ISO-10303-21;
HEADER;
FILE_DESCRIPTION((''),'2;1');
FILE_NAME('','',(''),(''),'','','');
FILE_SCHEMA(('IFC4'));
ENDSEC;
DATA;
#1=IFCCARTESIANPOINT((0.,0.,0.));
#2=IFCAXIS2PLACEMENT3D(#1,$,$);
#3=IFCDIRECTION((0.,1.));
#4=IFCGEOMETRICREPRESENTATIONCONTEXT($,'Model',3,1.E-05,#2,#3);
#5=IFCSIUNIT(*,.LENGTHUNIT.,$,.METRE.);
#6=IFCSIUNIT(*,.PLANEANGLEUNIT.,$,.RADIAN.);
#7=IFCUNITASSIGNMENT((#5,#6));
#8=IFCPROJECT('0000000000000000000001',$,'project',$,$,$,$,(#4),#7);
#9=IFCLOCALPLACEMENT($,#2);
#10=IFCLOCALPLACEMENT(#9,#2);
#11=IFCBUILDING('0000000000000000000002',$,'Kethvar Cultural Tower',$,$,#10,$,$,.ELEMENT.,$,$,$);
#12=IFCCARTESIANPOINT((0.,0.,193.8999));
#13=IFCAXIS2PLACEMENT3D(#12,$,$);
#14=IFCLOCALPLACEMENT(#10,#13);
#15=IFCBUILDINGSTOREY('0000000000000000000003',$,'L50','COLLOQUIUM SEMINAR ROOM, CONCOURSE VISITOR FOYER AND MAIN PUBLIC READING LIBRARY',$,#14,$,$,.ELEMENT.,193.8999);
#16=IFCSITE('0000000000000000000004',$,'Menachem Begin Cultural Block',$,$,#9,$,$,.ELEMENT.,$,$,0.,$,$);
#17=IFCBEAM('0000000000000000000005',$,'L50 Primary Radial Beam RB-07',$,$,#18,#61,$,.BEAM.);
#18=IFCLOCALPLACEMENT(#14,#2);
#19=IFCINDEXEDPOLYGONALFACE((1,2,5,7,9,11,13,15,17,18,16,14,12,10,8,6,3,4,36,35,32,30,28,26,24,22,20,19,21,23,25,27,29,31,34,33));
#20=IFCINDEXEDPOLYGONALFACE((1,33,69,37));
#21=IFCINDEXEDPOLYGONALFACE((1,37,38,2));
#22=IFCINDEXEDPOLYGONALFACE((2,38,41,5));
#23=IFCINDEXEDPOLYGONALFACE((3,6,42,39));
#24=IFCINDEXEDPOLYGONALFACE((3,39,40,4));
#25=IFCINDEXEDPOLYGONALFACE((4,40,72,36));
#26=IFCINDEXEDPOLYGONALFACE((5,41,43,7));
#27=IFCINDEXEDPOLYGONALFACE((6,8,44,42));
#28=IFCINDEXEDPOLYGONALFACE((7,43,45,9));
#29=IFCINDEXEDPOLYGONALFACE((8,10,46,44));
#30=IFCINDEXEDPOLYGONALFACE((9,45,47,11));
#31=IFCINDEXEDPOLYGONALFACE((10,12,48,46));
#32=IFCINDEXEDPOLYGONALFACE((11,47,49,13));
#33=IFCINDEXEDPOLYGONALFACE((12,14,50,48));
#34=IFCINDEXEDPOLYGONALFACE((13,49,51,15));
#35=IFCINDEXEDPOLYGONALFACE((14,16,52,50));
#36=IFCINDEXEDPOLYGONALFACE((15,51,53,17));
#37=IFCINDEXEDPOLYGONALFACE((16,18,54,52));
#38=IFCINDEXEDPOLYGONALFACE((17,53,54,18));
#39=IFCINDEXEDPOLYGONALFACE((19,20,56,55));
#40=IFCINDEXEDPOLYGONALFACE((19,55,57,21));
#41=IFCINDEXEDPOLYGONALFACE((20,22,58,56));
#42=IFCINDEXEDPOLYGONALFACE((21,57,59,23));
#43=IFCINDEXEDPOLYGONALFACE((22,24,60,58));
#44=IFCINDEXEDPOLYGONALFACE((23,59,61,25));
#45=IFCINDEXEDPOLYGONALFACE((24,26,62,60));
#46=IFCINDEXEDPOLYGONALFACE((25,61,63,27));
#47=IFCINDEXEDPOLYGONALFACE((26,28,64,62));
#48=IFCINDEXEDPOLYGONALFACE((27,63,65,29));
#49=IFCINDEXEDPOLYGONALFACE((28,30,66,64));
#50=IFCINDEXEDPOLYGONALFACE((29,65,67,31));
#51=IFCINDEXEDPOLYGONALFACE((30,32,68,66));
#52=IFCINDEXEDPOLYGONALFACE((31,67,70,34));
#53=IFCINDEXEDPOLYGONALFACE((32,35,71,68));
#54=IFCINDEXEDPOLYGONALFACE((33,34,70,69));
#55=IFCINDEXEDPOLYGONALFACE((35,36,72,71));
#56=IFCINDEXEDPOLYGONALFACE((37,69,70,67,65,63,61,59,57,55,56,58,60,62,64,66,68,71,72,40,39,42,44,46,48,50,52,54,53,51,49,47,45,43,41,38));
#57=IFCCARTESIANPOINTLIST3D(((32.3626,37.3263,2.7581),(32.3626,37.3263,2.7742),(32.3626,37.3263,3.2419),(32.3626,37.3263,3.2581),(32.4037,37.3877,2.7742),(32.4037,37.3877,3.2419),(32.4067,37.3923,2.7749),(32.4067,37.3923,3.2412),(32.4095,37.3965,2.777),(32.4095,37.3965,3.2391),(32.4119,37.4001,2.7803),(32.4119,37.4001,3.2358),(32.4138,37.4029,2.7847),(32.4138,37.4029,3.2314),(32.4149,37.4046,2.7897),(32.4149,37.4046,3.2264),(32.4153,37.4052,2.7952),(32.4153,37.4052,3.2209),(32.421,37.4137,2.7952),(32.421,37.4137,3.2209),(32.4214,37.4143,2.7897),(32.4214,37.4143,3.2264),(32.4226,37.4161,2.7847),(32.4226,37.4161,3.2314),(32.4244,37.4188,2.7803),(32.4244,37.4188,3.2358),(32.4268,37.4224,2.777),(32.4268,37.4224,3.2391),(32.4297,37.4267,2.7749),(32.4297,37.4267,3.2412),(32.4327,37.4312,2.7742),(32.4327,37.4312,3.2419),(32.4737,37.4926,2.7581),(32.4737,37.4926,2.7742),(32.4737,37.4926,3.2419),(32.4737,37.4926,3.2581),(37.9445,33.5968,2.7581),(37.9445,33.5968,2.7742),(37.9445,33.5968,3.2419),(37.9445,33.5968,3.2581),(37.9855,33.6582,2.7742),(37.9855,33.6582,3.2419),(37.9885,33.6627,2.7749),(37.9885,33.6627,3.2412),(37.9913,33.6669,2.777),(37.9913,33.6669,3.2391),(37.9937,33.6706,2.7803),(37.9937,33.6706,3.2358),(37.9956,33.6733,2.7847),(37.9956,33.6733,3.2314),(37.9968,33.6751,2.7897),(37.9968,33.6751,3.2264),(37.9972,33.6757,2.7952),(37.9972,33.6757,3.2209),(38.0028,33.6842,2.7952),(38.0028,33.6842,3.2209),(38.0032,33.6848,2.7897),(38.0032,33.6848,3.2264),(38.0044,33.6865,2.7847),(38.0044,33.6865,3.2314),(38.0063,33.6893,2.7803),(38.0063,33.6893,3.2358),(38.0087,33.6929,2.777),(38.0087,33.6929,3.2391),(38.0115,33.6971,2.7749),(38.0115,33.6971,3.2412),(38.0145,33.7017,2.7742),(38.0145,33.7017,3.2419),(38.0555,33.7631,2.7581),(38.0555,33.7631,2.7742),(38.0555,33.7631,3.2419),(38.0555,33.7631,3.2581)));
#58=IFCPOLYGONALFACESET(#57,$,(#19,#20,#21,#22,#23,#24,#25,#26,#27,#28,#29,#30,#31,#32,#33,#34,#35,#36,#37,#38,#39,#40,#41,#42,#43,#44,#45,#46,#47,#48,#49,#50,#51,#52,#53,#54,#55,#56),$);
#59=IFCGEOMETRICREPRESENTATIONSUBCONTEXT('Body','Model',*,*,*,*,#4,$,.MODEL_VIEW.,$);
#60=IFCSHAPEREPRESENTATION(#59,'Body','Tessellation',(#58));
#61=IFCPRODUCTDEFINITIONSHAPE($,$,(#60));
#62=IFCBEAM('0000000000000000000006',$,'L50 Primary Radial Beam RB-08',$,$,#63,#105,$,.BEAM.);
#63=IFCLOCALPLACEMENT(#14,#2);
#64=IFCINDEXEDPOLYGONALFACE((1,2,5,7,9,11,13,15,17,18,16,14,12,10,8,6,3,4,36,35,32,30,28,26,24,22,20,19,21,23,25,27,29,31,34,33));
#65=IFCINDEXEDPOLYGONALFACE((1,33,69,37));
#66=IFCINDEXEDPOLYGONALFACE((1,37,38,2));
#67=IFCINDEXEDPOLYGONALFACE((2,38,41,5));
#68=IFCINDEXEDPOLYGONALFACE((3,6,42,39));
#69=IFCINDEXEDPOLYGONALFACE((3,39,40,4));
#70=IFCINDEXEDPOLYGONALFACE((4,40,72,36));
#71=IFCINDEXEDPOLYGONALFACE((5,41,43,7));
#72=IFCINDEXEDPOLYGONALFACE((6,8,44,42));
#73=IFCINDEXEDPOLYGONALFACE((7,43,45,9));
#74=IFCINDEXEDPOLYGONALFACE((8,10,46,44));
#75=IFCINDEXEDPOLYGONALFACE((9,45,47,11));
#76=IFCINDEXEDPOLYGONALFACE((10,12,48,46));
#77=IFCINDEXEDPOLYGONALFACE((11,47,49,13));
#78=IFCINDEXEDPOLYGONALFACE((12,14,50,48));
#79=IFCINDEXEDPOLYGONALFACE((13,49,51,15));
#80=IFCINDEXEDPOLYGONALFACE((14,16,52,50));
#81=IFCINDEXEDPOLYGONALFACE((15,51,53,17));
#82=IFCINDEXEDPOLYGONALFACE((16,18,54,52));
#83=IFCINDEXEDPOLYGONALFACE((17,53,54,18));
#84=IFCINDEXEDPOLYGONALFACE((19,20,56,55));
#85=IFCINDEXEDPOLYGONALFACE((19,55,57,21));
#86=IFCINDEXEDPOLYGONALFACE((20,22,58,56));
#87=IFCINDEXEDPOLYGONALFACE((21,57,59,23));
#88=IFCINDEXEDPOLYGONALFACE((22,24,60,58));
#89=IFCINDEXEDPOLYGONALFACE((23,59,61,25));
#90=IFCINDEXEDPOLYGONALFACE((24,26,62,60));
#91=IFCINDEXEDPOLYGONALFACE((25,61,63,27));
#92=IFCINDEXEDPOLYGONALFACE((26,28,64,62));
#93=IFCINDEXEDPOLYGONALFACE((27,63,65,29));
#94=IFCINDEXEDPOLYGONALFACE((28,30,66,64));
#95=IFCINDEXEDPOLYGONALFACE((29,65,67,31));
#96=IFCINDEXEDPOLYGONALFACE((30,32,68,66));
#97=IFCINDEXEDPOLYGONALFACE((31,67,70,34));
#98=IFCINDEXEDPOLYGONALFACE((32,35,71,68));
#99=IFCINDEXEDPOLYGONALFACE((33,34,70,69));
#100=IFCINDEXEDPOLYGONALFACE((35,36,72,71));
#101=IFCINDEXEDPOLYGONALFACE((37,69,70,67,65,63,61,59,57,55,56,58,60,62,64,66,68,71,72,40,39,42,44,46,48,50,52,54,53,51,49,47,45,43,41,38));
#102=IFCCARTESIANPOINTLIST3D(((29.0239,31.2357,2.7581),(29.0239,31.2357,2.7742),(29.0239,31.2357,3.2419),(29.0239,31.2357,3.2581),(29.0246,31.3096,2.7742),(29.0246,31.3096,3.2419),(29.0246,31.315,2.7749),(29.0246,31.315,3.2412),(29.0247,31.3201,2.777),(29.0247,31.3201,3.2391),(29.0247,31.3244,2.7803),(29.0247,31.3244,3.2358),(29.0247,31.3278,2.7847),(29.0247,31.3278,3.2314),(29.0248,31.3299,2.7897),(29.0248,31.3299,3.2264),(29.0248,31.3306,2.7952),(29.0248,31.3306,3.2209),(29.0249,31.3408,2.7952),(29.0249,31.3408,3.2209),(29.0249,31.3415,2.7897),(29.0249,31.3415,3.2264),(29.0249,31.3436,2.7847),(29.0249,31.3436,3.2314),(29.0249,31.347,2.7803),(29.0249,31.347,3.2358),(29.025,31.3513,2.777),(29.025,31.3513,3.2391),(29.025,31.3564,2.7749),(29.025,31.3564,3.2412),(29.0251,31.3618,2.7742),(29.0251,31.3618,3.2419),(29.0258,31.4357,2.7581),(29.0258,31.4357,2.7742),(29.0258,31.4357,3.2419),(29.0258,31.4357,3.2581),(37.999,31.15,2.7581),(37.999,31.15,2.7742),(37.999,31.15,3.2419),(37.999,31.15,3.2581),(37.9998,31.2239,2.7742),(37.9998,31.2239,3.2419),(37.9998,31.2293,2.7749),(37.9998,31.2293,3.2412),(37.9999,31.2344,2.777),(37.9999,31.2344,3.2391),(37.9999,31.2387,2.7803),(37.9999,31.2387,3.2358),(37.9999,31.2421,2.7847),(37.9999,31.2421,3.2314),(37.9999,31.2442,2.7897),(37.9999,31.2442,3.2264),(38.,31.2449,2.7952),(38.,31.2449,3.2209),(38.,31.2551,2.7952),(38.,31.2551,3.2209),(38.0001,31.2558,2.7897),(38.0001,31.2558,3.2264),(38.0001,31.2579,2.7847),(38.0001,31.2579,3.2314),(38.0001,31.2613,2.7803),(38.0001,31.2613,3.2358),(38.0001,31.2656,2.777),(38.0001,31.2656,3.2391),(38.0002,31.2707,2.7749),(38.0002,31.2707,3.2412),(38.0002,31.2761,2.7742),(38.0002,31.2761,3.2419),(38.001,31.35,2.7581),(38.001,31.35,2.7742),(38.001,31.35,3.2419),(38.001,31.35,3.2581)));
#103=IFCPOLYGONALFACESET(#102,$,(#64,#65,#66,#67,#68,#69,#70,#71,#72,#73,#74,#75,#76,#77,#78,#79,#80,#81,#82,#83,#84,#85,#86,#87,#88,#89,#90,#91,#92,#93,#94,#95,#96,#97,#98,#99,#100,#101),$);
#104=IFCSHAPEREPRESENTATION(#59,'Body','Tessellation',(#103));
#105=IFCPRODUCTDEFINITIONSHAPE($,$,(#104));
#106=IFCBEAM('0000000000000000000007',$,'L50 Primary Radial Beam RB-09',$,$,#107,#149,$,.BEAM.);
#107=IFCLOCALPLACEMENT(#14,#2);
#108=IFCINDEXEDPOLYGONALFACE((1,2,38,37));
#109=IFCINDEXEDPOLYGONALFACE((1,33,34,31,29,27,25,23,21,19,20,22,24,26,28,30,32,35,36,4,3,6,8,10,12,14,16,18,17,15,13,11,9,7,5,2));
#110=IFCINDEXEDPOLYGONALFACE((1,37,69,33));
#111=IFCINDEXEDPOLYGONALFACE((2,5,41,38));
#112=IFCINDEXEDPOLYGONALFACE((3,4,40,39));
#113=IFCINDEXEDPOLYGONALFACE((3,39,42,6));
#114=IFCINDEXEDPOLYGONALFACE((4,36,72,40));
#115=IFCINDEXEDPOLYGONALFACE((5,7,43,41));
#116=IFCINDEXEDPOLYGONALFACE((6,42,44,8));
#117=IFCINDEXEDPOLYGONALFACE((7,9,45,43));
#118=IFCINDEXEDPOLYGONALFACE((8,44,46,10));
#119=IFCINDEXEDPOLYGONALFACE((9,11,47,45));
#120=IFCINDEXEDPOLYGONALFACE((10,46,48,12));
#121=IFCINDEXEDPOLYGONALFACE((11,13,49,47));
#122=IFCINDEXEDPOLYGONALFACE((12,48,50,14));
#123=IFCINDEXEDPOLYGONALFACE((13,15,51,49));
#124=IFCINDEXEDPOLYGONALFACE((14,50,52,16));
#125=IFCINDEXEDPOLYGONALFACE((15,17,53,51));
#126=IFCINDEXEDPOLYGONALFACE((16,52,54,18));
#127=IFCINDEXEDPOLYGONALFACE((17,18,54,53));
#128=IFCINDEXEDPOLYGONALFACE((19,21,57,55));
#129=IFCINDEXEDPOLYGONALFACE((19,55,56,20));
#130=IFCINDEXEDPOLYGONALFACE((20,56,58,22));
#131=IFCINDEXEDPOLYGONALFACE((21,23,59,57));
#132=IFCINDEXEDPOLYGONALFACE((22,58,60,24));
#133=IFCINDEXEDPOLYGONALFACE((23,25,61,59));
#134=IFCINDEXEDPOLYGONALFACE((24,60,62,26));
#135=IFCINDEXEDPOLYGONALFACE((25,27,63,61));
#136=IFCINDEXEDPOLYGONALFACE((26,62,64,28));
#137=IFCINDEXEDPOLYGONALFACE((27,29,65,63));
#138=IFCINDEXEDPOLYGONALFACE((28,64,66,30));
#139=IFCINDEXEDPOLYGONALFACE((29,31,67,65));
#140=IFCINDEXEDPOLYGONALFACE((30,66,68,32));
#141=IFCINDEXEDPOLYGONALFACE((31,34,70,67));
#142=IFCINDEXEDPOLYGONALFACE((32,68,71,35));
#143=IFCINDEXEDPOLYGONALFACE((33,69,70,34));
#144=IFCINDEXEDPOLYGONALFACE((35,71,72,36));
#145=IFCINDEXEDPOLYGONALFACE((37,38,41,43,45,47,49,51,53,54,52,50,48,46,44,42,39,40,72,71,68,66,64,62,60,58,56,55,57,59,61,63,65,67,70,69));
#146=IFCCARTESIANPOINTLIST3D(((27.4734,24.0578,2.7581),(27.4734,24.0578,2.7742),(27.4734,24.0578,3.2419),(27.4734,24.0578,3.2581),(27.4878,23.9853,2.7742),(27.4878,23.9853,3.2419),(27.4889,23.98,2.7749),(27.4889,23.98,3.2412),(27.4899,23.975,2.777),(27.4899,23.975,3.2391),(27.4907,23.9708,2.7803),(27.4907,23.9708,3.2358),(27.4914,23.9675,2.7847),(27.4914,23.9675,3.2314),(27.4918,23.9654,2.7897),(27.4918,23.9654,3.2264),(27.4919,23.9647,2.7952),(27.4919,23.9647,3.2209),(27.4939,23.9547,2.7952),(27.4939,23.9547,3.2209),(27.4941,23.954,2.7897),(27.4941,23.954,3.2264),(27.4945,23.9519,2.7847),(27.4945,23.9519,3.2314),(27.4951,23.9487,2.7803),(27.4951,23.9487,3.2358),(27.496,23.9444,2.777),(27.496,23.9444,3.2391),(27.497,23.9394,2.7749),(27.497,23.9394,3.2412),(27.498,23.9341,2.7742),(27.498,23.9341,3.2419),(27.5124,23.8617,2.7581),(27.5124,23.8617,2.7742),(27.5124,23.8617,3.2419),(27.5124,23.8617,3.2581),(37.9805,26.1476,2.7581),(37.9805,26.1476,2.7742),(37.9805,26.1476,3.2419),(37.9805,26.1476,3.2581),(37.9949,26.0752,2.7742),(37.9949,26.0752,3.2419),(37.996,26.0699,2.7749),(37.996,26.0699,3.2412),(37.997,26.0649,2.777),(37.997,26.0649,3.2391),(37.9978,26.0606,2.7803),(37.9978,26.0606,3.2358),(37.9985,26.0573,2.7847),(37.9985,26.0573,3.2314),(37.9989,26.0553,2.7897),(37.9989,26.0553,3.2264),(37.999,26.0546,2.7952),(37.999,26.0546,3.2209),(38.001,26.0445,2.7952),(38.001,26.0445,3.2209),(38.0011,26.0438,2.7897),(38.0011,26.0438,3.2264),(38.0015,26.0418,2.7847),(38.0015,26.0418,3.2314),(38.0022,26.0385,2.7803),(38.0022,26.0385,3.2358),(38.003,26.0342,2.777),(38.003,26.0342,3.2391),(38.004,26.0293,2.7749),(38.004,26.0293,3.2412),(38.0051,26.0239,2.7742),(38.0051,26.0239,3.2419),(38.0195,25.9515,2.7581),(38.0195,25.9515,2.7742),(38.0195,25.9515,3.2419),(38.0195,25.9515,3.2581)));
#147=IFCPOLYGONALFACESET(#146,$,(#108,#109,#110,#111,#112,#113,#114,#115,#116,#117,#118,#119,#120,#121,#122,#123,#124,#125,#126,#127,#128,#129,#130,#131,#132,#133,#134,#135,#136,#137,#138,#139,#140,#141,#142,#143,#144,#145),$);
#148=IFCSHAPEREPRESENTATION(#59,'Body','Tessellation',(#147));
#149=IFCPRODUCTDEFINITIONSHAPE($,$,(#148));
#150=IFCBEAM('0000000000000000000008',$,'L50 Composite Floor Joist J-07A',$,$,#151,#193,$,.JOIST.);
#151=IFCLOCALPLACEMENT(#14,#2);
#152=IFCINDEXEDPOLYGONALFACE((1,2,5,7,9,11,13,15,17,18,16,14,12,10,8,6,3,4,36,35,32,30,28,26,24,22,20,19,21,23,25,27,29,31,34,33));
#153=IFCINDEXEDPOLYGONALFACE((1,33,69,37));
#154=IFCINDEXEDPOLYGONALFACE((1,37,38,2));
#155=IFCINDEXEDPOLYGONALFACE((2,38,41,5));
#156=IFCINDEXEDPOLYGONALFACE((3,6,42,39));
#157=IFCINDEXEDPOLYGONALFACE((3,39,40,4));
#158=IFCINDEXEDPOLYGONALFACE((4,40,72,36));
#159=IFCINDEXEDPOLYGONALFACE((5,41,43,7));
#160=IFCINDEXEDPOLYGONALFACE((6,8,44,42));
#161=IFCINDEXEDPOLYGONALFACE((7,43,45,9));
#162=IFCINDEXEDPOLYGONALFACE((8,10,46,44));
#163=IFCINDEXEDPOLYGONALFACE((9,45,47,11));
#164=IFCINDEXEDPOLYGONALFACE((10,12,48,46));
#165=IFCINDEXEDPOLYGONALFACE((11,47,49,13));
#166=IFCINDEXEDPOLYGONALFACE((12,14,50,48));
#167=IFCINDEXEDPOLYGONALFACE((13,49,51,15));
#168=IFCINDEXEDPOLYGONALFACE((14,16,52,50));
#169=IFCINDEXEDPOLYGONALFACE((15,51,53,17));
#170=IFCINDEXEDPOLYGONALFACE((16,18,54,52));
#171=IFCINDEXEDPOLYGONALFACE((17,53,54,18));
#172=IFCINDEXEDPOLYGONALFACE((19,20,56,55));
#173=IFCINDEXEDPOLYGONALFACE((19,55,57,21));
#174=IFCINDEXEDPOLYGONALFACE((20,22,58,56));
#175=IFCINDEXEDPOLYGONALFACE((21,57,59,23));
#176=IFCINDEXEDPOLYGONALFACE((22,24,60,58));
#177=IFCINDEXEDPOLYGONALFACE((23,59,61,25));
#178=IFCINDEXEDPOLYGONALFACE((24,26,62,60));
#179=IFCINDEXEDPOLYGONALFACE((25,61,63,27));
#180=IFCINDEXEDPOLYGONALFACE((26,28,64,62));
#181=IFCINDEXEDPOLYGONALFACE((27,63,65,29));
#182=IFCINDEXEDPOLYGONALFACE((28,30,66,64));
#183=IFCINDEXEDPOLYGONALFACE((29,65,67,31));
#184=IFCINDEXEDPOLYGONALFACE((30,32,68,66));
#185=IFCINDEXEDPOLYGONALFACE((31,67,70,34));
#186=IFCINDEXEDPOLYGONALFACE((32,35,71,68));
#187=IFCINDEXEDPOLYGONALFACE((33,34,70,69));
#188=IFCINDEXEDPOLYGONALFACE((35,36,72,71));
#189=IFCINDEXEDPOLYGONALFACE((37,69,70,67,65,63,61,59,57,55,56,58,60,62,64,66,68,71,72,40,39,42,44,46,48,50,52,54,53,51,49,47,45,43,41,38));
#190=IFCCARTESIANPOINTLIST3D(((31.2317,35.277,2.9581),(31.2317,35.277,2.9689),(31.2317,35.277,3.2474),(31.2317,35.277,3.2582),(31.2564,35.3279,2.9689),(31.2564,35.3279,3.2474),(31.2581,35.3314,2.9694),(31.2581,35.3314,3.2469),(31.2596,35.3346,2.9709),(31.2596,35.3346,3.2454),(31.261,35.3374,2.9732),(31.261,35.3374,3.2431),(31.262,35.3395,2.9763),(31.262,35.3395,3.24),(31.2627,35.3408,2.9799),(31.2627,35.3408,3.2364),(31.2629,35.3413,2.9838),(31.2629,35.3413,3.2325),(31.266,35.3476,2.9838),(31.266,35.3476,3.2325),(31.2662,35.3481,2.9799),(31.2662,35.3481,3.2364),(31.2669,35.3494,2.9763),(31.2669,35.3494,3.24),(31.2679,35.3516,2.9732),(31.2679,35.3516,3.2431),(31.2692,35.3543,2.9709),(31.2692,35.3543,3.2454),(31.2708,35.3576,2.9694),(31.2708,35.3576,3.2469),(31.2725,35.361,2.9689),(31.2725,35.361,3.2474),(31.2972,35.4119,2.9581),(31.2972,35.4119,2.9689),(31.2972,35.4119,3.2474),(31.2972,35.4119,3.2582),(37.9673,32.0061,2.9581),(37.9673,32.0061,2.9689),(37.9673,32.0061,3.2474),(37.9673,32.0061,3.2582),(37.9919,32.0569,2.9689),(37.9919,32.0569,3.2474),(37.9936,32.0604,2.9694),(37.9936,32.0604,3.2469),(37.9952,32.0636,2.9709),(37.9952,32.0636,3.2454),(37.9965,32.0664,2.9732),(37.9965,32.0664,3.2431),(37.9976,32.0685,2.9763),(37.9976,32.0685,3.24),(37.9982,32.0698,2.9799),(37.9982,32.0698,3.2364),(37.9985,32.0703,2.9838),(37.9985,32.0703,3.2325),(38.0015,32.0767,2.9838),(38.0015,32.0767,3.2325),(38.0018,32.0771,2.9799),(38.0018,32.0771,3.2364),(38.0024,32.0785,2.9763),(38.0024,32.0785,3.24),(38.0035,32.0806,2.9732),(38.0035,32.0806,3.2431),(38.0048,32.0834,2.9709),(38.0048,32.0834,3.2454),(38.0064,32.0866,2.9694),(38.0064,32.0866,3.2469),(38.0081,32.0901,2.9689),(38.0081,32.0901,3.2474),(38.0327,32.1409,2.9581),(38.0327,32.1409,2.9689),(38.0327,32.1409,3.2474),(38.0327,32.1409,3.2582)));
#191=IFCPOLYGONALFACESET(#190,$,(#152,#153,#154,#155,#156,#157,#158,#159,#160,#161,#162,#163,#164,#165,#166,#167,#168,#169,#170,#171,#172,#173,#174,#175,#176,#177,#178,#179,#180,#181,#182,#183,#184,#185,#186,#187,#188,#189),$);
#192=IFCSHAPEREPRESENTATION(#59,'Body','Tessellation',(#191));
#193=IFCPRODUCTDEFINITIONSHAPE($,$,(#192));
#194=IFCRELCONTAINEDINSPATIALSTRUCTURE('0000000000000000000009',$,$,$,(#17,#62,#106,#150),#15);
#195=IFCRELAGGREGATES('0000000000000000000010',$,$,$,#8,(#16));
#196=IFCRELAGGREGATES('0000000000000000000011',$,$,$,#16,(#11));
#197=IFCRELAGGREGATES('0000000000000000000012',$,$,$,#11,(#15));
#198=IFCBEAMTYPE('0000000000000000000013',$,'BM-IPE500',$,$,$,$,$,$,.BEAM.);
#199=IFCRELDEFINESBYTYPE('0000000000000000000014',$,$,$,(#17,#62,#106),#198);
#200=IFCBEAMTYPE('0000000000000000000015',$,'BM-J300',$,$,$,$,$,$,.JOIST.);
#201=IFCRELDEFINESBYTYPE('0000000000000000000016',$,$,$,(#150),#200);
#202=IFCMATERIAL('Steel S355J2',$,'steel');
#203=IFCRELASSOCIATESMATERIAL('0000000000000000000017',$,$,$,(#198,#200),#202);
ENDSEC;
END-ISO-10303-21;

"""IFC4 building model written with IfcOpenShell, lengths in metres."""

from ifc_helpers import new_model, si_unit, direction, frame, origin, origin_2d, place, context, subcontext, project, spatial, i_section, extrude, source, transform, mapped, material, material_profile, profile_set, type_object, element, save


model = new_model("IFC4")

# Units and contexts
model_context = context("Model", 3, precision=1e-05, world=origin(), true_north=direction((0.0, 1.0)))
body_context = subcontext(model_context, "Body", "Model", "MODEL_VIEW")
ifc_project = project(units=[si_unit("LENGTHUNIT", "METRE"), si_unit("PLANEANGLEUNIT", "RADIAN")], contexts=[model_context])

# Site, building, storey
site_placement = place(None, origin())
site = spatial("IfcSite", under=ifc_project, at=site_placement, Name="Menachem Begin Cultural Block", CompositionType="ELEMENT", RefElevation=0.0)
building_placement = place(site_placement, origin())
building = spatial("IfcBuilding", under=site, at=building_placement, Name="Kethvar Cultural Tower", CompositionType="ELEMENT")
storey_placement = place(building_placement, frame((0.0, 0.0, 193.8999)))
storey = spatial("IfcBuildingStorey", under=building, at=storey_placement, Name="L50", Description="COLLOQUIUM SEMINAR ROOM, CONCOURSE VISITOR FOYER AND MAIN PUBLIC READING LIBRARY", CompositionType="ELEMENT", Elevation=193.8999)

# Beams
ifc_material_1 = material(Name="Steel S355J2", Category="steel")
ifc_material_profile_1 = material_profile(ifc_material_1, i_section(OverallWidth=0.2, OverallDepth=0.5, WebThickness=0.0103, FlangeThickness=0.0161, FilletRadius=0.021, at=origin_2d()), Name="Steel S355J2 — IPE500")
ifc_profile_set_1 = profile_set([ifc_material_profile_1], Name="Steel S355J2 — IPE500")
beam_type_1 = type_object("IfcBeamType", Name="BM-IPE500", PredefinedType="BEAM", material=ifc_profile_set_1)
shared_shape_1 = source(origin(), body_context, "Body", "SweptSolid", [
    extrude(i_section(OverallWidth=0.2, OverallDepth=0.5, WebThickness=0.0103, FlangeThickness=0.0161, FilletRadius=0.021, at=origin_2d()), origin(), (0.0, 0.0, 1.0), 6.7131),
])
beam_1_placement = place(storey_placement, frame((38.0, 33.6799, 3.0081), z_axis=(-0.831479, 0.555556, 0.0), x_axis=(-0.555556, -0.831479, 0.0)))
element("IfcBeam", 1, at=beam_1_placement, inside=storey, type_object=beam_type_1, Name="L50 Primary Radial Beam RB-07", PredefinedType="BEAM", context=body_context, shape_type="MappedRepresentation", body=[
    mapped(shared_shape_1, transform((0.0, 0.0, 0.0), scale=1.0)),
])
shared_shape_2 = source(origin(), body_context, "Body", "SweptSolid", [
    extrude(i_section(OverallWidth=0.2, OverallDepth=0.5, WebThickness=0.0103, FlangeThickness=0.0161, FilletRadius=0.021, at=origin_2d()), origin(), (0.0, 0.0, 1.0), 8.9756),
])
beam_2_placement = place(storey_placement, frame((38.0, 31.25, 3.0081), z_axis=(-0.999954, 0.009547, 0.0), x_axis=(-0.009547, -0.999954, 0.0)))
element("IfcBeam", 2, at=beam_2_placement, inside=storey, type_object=beam_type_1, Name="L50 Primary Radial Beam RB-08", PredefinedType="BEAM", context=body_context, shape_type="MappedRepresentation", body=[
    mapped(shared_shape_2, transform((0.0, 0.0, 0.0), scale=1.0)),
])
shared_shape_3 = source(origin(), body_context, "Body", "SweptSolid", [
    extrude(i_section(OverallWidth=0.2, OverallDepth=0.5, WebThickness=0.0103, FlangeThickness=0.0161, FilletRadius=0.021, at=origin_2d()), origin(), (0.0, 0.0, 1.0), 10.7129),
])
beam_3_placement = place(storey_placement, frame((38.0, 26.0496, 3.0081), z_axis=(-0.980788, -0.195077, 0.0), x_axis=(0.195077, -0.980788, 0.0)))
element("IfcBeam", 3, at=beam_3_placement, inside=storey, type_object=beam_type_1, Name="L50 Primary Radial Beam RB-09", PredefinedType="BEAM", context=body_context, shape_type="MappedRepresentation", body=[
    mapped(shared_shape_3, transform((0.0, 0.0, 0.0), scale=1.0)),
])
ifc_material_profile_2 = material_profile(ifc_material_1, i_section(OverallWidth=0.1499, OverallDepth=0.3, WebThickness=0.0071, FlangeThickness=0.0107, FilletRadius=0.0149, at=origin_2d()), Name="Steel S355J2 — IPE300")
ifc_profile_set_2 = profile_set([ifc_material_profile_2], Name="Steel S355J2 — IPE300")
beam_type_2 = type_object("IfcBeamType", Name="BM-J300", PredefinedType="JOIST", material=ifc_profile_set_2)
shared_shape_4 = source(origin(), body_context, "Body", "SweptSolid", [
    extrude(i_section(OverallWidth=0.1499, OverallDepth=0.3, WebThickness=0.0071, FlangeThickness=0.0107, FilletRadius=0.0149, at=origin_2d()), origin(), (0.0, 0.0, 1.0), 7.4878),
])
beam_4_placement = place(storey_placement, frame((38.0, 32.0735, 3.1082), z_axis=(-0.899539, 0.436841, 0.0), x_axis=(-0.436841, -0.899539, 0.0)))
element("IfcBeam", 4, at=beam_4_placement, inside=storey, type_object=beam_type_2, Name="L50 Composite Floor Joist J-07A", PredefinedType="JOIST", context=body_context, shape_type="MappedRepresentation", body=[
    mapped(shared_shape_4, transform((0.0, 0.0, 0.0), scale=1.0)),
])

save(model, "model.ifc")
